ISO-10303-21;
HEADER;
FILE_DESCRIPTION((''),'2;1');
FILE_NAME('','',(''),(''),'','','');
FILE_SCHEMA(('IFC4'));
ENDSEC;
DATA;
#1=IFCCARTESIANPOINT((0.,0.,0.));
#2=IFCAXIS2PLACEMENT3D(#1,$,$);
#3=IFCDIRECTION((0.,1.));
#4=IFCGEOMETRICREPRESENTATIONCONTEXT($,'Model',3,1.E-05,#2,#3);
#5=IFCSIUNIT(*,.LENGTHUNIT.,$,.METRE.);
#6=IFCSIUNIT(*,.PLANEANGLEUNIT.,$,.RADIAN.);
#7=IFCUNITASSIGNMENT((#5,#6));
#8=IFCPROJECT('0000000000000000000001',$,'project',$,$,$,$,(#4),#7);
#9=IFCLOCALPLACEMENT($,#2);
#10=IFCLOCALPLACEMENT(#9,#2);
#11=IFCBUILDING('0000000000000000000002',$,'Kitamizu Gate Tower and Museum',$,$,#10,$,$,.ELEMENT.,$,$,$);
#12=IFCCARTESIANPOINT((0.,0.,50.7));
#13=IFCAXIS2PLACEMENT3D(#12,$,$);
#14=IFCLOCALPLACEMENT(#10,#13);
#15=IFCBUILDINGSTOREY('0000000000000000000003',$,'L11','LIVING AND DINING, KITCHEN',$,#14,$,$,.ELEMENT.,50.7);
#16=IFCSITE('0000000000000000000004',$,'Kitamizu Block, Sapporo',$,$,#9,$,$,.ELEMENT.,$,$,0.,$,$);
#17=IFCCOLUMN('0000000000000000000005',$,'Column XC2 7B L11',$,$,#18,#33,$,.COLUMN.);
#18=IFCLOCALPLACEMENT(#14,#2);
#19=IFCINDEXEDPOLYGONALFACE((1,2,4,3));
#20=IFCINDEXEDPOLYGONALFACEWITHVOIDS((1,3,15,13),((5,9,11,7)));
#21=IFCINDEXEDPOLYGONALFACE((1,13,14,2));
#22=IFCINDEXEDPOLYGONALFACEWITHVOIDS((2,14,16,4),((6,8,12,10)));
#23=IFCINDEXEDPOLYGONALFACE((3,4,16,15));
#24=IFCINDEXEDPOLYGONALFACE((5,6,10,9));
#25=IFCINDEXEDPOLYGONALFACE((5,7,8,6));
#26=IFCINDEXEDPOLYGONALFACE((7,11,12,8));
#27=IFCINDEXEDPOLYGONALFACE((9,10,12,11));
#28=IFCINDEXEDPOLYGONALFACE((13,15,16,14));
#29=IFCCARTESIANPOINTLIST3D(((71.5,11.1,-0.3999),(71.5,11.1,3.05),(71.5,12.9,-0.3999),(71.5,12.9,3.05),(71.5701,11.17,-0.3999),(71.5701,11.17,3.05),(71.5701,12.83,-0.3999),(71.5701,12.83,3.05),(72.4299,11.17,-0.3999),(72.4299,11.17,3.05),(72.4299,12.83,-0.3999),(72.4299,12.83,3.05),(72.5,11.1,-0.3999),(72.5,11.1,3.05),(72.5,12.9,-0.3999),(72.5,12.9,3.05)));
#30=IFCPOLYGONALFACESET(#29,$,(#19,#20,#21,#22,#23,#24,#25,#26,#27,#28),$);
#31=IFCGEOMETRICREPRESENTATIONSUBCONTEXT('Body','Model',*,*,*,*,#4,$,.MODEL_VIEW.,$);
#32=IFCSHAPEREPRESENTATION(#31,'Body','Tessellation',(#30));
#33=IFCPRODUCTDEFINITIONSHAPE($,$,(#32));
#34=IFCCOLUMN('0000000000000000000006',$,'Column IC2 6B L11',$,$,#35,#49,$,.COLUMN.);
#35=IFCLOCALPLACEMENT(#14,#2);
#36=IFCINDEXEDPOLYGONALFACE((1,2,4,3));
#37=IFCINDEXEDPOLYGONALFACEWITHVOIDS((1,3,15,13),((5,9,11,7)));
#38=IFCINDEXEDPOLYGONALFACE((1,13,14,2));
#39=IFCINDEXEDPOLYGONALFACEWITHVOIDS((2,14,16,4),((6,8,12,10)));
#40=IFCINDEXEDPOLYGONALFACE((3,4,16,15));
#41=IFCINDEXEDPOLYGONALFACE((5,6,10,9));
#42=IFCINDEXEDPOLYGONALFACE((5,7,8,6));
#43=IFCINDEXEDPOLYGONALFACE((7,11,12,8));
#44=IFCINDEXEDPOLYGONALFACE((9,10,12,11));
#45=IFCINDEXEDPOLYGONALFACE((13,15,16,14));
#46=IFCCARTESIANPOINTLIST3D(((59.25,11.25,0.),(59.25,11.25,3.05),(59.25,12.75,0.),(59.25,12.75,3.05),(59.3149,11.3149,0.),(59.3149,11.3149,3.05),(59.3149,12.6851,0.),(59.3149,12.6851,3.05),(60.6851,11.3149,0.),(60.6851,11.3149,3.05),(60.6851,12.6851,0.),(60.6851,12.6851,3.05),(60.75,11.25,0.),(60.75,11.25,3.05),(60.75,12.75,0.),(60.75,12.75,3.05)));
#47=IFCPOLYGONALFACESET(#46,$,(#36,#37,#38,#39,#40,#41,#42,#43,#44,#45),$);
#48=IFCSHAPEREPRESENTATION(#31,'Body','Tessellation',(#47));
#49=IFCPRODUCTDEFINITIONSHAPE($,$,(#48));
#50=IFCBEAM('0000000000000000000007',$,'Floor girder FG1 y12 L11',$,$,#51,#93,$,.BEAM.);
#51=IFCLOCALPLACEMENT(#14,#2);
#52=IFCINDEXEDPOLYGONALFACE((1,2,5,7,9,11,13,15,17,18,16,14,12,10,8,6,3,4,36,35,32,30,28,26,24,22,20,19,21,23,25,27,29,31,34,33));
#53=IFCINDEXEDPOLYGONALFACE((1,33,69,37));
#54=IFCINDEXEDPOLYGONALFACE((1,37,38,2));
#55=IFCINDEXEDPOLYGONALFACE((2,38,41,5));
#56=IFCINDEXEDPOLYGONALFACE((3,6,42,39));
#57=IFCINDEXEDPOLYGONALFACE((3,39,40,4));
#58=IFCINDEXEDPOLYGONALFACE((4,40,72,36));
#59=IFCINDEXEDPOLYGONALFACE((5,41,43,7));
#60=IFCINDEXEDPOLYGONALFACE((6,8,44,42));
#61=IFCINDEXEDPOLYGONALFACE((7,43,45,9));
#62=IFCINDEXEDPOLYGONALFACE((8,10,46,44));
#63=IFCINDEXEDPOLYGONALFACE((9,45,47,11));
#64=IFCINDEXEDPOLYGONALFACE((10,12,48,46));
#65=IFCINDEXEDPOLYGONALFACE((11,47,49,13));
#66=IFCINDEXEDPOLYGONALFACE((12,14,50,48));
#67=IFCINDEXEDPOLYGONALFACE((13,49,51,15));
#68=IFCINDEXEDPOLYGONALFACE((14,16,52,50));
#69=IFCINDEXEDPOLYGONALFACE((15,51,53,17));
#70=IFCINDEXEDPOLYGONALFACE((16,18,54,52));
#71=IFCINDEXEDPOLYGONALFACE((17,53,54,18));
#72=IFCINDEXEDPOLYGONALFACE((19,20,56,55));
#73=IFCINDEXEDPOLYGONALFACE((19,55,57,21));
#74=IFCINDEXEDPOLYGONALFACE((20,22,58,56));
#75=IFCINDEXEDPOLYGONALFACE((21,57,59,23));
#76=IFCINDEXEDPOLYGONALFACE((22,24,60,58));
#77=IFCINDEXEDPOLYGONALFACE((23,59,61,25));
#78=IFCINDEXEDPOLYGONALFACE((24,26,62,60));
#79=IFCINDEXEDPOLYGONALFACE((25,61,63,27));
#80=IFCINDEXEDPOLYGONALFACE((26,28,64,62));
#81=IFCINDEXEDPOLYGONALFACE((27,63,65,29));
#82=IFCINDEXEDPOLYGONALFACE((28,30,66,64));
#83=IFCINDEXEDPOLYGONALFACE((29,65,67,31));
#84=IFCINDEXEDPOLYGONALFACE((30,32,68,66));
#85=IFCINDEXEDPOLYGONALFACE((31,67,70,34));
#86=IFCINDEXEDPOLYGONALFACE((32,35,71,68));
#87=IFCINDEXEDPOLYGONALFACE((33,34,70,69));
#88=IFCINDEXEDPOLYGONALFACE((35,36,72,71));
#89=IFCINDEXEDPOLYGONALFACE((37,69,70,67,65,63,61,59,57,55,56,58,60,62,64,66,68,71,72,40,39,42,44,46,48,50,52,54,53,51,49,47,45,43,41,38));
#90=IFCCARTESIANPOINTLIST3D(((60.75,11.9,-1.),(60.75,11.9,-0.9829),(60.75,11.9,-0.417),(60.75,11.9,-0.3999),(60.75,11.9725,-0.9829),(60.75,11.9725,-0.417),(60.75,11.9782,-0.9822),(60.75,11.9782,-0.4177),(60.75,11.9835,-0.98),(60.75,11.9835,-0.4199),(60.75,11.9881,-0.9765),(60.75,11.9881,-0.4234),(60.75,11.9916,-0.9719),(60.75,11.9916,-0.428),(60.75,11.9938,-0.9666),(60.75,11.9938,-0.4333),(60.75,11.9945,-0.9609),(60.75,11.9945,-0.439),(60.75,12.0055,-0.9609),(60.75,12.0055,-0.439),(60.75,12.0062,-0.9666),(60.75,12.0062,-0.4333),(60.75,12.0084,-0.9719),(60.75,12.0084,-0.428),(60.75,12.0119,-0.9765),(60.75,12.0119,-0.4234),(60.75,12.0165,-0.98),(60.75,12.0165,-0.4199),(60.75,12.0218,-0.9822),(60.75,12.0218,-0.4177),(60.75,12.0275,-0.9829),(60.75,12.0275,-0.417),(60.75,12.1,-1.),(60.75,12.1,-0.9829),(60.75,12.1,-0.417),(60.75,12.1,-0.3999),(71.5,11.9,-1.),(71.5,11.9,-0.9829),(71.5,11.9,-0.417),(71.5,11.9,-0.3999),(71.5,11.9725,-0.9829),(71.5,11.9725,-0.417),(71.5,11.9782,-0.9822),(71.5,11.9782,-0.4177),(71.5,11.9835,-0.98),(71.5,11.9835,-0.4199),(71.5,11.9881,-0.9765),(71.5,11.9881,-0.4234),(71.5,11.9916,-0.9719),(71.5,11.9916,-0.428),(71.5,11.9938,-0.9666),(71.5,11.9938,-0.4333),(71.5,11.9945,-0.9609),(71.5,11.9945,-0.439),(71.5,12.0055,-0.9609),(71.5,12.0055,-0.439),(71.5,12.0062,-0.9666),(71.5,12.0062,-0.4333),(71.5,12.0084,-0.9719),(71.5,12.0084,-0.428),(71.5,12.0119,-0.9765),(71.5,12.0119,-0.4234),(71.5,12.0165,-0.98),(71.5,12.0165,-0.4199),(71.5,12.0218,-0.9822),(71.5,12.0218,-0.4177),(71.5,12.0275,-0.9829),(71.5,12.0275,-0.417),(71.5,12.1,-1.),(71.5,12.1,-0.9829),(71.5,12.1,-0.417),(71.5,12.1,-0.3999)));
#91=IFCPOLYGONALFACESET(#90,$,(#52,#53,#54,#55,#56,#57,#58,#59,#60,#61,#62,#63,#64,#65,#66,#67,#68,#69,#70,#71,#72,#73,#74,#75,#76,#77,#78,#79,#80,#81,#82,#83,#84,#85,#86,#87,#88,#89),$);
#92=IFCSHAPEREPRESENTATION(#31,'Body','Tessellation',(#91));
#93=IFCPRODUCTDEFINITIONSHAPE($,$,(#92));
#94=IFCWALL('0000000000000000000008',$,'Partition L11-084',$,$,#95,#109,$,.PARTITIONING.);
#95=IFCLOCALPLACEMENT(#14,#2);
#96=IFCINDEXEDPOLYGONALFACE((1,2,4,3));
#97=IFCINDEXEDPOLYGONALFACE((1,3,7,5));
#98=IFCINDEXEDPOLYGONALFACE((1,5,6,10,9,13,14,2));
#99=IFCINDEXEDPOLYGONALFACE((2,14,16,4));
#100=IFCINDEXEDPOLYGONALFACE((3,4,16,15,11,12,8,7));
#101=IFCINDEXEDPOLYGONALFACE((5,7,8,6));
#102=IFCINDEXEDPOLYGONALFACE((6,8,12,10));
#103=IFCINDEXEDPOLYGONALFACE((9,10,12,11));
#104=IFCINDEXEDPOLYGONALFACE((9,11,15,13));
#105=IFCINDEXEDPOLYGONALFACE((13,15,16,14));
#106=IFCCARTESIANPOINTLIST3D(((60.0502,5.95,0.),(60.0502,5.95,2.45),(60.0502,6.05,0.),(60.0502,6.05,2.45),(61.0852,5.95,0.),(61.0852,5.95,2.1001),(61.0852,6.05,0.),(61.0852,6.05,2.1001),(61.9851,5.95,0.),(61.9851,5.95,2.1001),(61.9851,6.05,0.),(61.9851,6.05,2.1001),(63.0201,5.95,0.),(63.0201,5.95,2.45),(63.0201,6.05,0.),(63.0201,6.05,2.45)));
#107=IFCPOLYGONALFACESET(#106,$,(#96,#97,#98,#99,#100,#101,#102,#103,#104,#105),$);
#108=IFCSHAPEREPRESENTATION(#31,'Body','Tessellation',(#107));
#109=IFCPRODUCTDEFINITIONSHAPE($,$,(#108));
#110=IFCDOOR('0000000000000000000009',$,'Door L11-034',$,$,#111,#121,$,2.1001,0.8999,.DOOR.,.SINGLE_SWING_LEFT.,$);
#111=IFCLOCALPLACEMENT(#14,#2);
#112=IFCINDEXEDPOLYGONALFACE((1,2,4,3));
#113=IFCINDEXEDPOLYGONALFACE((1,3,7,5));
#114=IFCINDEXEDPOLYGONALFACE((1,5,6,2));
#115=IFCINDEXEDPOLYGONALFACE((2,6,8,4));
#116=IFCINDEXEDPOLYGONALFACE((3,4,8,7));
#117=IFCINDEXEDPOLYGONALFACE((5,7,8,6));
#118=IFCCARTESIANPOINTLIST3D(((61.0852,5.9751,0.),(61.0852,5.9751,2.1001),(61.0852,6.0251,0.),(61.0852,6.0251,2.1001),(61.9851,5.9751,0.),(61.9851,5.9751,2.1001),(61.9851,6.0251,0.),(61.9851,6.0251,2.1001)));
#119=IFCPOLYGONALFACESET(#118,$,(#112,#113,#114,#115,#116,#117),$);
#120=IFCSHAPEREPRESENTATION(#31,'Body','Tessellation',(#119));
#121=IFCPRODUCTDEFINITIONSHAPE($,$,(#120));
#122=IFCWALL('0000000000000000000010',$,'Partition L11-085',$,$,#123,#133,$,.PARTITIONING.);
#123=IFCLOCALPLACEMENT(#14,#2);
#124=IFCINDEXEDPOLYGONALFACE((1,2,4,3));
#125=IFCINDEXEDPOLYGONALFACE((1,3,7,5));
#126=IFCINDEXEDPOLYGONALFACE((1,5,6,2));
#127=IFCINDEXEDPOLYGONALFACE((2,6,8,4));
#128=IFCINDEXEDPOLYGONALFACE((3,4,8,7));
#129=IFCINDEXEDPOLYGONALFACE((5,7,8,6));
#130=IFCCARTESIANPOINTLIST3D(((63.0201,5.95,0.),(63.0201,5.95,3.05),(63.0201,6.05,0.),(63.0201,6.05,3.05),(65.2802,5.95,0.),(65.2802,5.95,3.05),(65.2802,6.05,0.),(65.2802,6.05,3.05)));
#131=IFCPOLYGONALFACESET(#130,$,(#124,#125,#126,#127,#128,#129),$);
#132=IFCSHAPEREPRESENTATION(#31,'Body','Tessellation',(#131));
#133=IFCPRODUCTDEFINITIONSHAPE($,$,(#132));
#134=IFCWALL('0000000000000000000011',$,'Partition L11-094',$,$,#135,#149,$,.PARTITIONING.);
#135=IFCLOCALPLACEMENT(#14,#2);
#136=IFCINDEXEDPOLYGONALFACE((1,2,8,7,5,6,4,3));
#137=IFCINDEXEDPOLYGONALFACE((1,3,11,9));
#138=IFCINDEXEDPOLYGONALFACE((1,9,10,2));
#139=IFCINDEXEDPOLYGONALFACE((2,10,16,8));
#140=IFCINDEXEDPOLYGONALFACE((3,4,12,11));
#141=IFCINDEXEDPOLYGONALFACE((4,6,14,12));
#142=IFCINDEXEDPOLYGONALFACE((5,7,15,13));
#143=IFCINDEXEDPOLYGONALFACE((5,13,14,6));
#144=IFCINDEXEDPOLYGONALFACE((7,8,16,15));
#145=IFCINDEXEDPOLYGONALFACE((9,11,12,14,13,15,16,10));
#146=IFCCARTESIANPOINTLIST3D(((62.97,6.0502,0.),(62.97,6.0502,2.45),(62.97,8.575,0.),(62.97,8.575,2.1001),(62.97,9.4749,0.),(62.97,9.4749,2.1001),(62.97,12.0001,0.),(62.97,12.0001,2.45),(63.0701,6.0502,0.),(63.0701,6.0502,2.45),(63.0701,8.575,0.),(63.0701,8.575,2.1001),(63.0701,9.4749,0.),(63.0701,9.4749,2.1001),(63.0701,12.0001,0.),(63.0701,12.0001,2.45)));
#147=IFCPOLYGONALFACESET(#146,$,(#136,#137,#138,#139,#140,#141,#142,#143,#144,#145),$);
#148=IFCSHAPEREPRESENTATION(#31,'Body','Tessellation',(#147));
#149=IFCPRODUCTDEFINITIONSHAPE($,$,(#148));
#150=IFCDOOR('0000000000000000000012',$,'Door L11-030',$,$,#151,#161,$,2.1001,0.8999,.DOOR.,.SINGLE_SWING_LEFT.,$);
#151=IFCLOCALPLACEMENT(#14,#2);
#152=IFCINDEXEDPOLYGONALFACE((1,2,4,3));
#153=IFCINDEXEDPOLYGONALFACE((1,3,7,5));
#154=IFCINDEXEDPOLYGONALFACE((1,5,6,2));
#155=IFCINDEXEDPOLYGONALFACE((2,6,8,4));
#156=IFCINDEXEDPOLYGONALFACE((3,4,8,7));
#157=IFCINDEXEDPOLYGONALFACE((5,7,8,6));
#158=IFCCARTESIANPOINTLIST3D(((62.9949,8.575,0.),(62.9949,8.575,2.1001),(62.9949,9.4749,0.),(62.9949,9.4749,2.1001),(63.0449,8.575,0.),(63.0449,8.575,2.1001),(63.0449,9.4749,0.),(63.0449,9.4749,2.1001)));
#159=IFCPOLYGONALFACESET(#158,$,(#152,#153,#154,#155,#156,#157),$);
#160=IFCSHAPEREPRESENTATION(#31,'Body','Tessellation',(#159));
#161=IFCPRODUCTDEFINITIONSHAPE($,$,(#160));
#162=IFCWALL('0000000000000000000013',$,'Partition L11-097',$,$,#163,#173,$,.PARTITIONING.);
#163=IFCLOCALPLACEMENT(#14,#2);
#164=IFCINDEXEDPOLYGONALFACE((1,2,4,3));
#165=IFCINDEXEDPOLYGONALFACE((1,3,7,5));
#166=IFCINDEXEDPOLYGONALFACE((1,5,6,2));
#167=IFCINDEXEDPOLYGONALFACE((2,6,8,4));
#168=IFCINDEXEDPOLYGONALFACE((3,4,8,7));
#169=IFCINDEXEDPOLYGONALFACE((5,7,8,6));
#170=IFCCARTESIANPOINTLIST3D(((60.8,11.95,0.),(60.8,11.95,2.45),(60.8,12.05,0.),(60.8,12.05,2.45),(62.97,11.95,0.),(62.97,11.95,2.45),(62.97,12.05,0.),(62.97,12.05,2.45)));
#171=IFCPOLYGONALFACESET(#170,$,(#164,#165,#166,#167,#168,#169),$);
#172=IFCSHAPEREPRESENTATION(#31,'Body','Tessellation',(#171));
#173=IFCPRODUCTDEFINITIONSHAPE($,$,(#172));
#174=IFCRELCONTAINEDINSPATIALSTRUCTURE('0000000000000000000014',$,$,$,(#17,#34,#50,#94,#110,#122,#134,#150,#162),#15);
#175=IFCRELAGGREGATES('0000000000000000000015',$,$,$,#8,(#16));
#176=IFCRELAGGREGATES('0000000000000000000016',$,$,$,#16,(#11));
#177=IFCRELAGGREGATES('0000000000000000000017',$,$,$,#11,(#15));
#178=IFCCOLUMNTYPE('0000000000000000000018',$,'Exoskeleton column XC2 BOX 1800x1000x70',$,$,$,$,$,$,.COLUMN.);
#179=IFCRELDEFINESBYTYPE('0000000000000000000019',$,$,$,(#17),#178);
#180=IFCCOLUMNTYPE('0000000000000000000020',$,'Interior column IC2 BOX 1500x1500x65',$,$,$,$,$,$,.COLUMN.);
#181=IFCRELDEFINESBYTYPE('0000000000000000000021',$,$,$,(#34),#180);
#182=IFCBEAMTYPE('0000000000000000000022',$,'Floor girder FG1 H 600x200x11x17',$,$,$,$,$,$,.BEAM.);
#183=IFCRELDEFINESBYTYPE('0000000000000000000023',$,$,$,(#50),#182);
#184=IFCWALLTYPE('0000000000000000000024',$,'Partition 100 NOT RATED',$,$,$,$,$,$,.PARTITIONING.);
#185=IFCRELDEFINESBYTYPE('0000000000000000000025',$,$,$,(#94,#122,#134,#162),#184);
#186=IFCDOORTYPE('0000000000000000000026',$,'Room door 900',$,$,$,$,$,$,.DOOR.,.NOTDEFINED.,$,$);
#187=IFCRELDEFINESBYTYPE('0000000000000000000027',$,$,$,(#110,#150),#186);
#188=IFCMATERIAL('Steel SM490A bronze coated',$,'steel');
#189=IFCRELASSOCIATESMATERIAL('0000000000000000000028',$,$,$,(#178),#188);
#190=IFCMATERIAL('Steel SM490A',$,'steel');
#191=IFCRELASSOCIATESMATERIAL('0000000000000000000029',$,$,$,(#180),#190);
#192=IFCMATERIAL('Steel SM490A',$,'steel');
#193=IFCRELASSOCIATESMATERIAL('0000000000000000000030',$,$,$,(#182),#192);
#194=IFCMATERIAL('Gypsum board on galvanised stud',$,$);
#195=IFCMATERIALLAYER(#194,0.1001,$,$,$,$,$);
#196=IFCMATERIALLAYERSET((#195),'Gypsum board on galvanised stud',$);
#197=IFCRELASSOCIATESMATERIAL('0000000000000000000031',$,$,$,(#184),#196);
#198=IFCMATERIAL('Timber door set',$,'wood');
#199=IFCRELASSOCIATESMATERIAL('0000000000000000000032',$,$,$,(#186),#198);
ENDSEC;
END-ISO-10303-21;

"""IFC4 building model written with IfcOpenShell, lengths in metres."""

from ifc_helpers import new_model, si_unit, direction, frame, frame_2d, origin, origin_2d, place, context, subcontext, project, spatial, rectangle, hollow_rectangle, i_section, extrude, material, layer, layer_set, material_profile, profile_set, type_object, element, fill, save


model = new_model("IFC4")

# Units and contexts
model_context = context("Model", 3, precision=1e-05, world=origin(), true_north=direction((0.0, 1.0)))
body_context = subcontext(model_context, "Body", "Model", "MODEL_VIEW")
ifc_project = project(units=[si_unit("LENGTHUNIT", "METRE"), si_unit("PLANEANGLEUNIT", "RADIAN")], contexts=[model_context])

# Site, building, storey
site_placement = place(None, origin())
site = spatial("IfcSite", under=ifc_project, at=site_placement, Name="Kitamizu Block, Sapporo", CompositionType="ELEMENT", RefElevation=0.0)
building_placement = place(site_placement, origin())
building = spatial("IfcBuilding", under=site, at=building_placement, Name="Kitamizu Gate Tower and Museum", CompositionType="ELEMENT")
storey_placement = place(building_placement, frame((0.0, 0.0, 50.7)))
storey = spatial("IfcBuildingStorey", under=building, at=storey_placement, Name="L11", Description="LIVING AND DINING, KITCHEN", CompositionType="ELEMENT", Elevation=50.7)

# Columns
ifc_material_1 = material(Name="Steel SM490A bronze coated", Category="steel")
ifc_material_profile_1 = material_profile(ifc_material_1, hollow_rectangle(XDim=1.8, YDim=1.0, WallThickness=0.0701, at=origin_2d()), Name="BOX 1800x1000x70")
ifc_profile_set_1 = profile_set([ifc_material_profile_1], Name="Steel SM490A bronze coated")
column_type_1 = type_object("IfcColumnType", Name="Exoskeleton column XC2 BOX 1800x1000x70", PredefinedType="COLUMN", material=ifc_profile_set_1)
column_1_placement = place(storey_placement, frame((72.0, 12.0, -0.3999), z_axis=(0.0, 0.0, 1.0), x_axis=(0.0, 1.0, 0.0)))
element("IfcColumn", 1, at=column_1_placement, inside=storey, type_object=column_type_1, Name="Column XC2 7B L11", PredefinedType="COLUMN", context=body_context, shape_type="SweptSolid", body=[
    extrude(hollow_rectangle(XDim=1.8, YDim=1.0, WallThickness=0.0701, at=origin_2d()), origin(), (0.0, 0.0, 1.0), 3.45),
])
ifc_material_2 = material(Name="Steel SM490A", Category="steel")
ifc_material_profile_2 = material_profile(ifc_material_2, hollow_rectangle(XDim=1.5, YDim=1.5, WallThickness=0.0649, at=origin_2d()), Name="BOX 1500x1500x65")
ifc_profile_set_2 = profile_set([ifc_material_profile_2], Name="Steel SM490A")
column_type_2 = type_object("IfcColumnType", Name="Interior column IC2 BOX 1500x1500x65", PredefinedType="COLUMN", material=ifc_profile_set_2)
column_2_placement = place(storey_placement, frame((60.0, 12.0, 0.0), z_axis=(0.0, 0.0, 1.0), x_axis=(1.0, 0.0, 0.0)))
element("IfcColumn", 2, at=column_2_placement, inside=storey, type_object=column_type_2, Name="Column IC2 6B L11", PredefinedType="COLUMN", context=body_context, shape_type="SweptSolid", body=[
    extrude(hollow_rectangle(XDim=1.5, YDim=1.5, WallThickness=0.0649, at=origin_2d()), origin(), (0.0, 0.0, 1.0), 3.05),
])

# Beam
ifc_material_3 = material(Name="Steel SM490A", Category="steel")
ifc_material_profile_3 = material_profile(ifc_material_3, i_section(OverallWidth=0.2, OverallDepth=0.6001, WebThickness=0.011, FlangeThickness=0.0171, FilletRadius=0.022, at=origin_2d()), Name="H-600x200x11x17")
ifc_profile_set_3 = profile_set([ifc_material_profile_3], Name="Steel SM490A")
beam_type = type_object("IfcBeamType", Name="Floor girder FG1 H 600x200x11x17", PredefinedType="BEAM", material=ifc_profile_set_3)
beam_placement = place(storey_placement, frame((60.75, 12.0, -0.7), z_axis=(1.0, 0.0, 0.0), x_axis=(0.0, 1.0, 0.0)))
element("IfcBeam", 3, at=beam_placement, inside=storey, type_object=beam_type, Name="Floor girder FG1 y12 L11", PredefinedType="BEAM", context=body_context, shape_type="SweptSolid", body=[
    extrude(i_section(OverallWidth=0.2, OverallDepth=0.6001, WebThickness=0.011, FlangeThickness=0.0171, FilletRadius=0.022, at=origin_2d()), origin(), (0.0, 0.0, 1.0), 10.75),
])

# Wall, opening, door
ifc_material_4 = material(Name="Gypsum board on galvanised stud")
ifc_layer_1 = layer(ifc_material_4, 0.1001)
ifc_layer_set_1 = layer_set([ifc_layer_1], Name="Gypsum board on galvanised stud")
wall_type_1 = type_object("IfcWallType", Name="Partition 100 NOT RATED", PredefinedType="PARTITIONING", material=ifc_layer_set_1)
wall_1_placement = place(storey_placement, frame((63.02, 6.0, 0.0), z_axis=(0.0, 0.0, 1.0), x_axis=(-1.0, 0.0, 0.0)))
wall_1 = element("IfcWall", 4, at=wall_1_placement, inside=storey, type_object=wall_type_1, Name="Partition L11-084", PredefinedType="PARTITIONING", context=body_context, shape_type="SweptSolid", body=[
    extrude(rectangle(XDim=2.97, YDim=0.1001, at=frame_2d((1.4849, 0.0))), origin(), (0.0, 0.0, 1.0), 2.45),
])
opening_1_placement = place(wall_1_placement, frame((1.0349, 0.0, 0.0)))
opening_1 = element("IfcOpeningElement", 5, at=opening_1_placement, cuts=wall_1, PredefinedType="OPENING", context=body_context, shape_type="SweptSolid", body=[
    extrude(rectangle(XDim=0.8999, YDim=2.1001, at=frame_2d((0.45, 1.05))), frame((0.0, 0.0601, 0.0), z_axis=(0.0, -1.0, 0.0), x_axis=(1.0, 0.0, 0.0)), (0.0, 0.0, 1.0), 0.1201),
])
ifc_material_5 = material(Name="Timber door set", Category="wood")
door_type = type_object("IfcDoorType", Name="Room door 900", OperationType="NOTDEFINED", PredefinedType="DOOR", material=ifc_material_5)
door_1_placement = place(opening_1_placement, origin())
door_1 = element("IfcDoor", 6, at=door_1_placement, inside=storey, type_object=door_type, Name="Door L11-034", OperationType="SINGLE_SWING_LEFT", OverallHeight=2.1001, OverallWidth=0.8999, PredefinedType="DOOR", context=body_context, shape_type="SweptSolid", body=[
    extrude(rectangle(XDim=0.8999, YDim=2.1001, at=frame_2d((0.45, 1.05))), frame((0.0, 0.0249, 0.0), z_axis=(0.0, -1.0, 0.0), x_axis=(1.0, 0.0, 0.0)), (0.0, 0.0, 1.0), 0.05),
])
fill(opening_1, door_1)

# Wall
wall_2_placement = place(storey_placement, frame((65.28, 6.0, 0.0), z_axis=(0.0, 0.0, 1.0), x_axis=(-1.0, 0.0, 0.0)))
element("IfcWall", 7, at=wall_2_placement, inside=storey, type_object=wall_type_1, Name="Partition L11-085", PredefinedType="PARTITIONING", context=body_context, shape_type="SweptSolid", body=[
    extrude(rectangle(XDim=2.26, YDim=0.1001, at=frame_2d((1.1299, 0.0))), origin(), (0.0, 0.0, 1.0), 3.05),
])

# Wall, opening, door
wall_3_placement = place(storey_placement, frame((63.02, 6.05, 0.0), z_axis=(0.0, 0.0, 1.0), x_axis=(0.0, 1.0, 0.0)))
wall_3 = element("IfcWall", 8, at=wall_3_placement, inside=storey, type_object=wall_type_1, Name="Partition L11-094", PredefinedType="PARTITIONING", context=body_context, shape_type="SweptSolid", body=[
    extrude(rectangle(XDim=5.95, YDim=0.1001, at=frame_2d((2.9751, 0.0))), origin(), (0.0, 0.0, 1.0), 2.45),
])
opening_2_placement = place(wall_3_placement, frame((2.5249, 0.0, 0.0)))
opening_2 = element("IfcOpeningElement", 9, at=opening_2_placement, cuts=wall_3, PredefinedType="OPENING", context=body_context, shape_type="SweptSolid", body=[
    extrude(rectangle(XDim=0.8999, YDim=2.1001, at=frame_2d((0.45, 1.05))), frame((0.0, 0.0601, 0.0), z_axis=(0.0, -1.0, 0.0), x_axis=(1.0, 0.0, 0.0)), (0.0, 0.0, 1.0), 0.1201),
])
door_2_placement = place(opening_2_placement, frame((0.8999, 0.0, 0.0), x_axis=(-1.0, 0.0, 0.0)))
door_2 = element("IfcDoor", 10, at=door_2_placement, inside=storey, type_object=door_type, Name="Door L11-030", OperationType="SINGLE_SWING_LEFT", OverallHeight=2.1001, OverallWidth=0.8999, PredefinedType="DOOR", context=body_context, shape_type="SweptSolid", body=[
    extrude(rectangle(XDim=0.8999, YDim=2.1001, at=frame_2d((0.45, 1.05))), frame((0.0, 0.0249, 0.0), z_axis=(0.0, -1.0, 0.0), x_axis=(1.0, 0.0, 0.0)), (0.0, 0.0, 1.0), 0.05),
])
fill(opening_2, door_2)

# Wall
wall_4_placement = place(storey_placement, frame((62.97, 12.0, 0.0), z_axis=(0.0, 0.0, 1.0), x_axis=(-1.0, 0.0, 0.0)))
element("IfcWall", 11, at=wall_4_placement, inside=storey, type_object=wall_type_1, Name="Partition L11-097", PredefinedType="PARTITIONING", context=body_context, shape_type="SweptSolid", body=[
    extrude(rectangle(XDim=2.1699, YDim=0.1001, at=frame_2d((1.085, 0.0))), origin(), (0.0, 0.0, 1.0), 2.45),
])

save(model, "model.ifc")
